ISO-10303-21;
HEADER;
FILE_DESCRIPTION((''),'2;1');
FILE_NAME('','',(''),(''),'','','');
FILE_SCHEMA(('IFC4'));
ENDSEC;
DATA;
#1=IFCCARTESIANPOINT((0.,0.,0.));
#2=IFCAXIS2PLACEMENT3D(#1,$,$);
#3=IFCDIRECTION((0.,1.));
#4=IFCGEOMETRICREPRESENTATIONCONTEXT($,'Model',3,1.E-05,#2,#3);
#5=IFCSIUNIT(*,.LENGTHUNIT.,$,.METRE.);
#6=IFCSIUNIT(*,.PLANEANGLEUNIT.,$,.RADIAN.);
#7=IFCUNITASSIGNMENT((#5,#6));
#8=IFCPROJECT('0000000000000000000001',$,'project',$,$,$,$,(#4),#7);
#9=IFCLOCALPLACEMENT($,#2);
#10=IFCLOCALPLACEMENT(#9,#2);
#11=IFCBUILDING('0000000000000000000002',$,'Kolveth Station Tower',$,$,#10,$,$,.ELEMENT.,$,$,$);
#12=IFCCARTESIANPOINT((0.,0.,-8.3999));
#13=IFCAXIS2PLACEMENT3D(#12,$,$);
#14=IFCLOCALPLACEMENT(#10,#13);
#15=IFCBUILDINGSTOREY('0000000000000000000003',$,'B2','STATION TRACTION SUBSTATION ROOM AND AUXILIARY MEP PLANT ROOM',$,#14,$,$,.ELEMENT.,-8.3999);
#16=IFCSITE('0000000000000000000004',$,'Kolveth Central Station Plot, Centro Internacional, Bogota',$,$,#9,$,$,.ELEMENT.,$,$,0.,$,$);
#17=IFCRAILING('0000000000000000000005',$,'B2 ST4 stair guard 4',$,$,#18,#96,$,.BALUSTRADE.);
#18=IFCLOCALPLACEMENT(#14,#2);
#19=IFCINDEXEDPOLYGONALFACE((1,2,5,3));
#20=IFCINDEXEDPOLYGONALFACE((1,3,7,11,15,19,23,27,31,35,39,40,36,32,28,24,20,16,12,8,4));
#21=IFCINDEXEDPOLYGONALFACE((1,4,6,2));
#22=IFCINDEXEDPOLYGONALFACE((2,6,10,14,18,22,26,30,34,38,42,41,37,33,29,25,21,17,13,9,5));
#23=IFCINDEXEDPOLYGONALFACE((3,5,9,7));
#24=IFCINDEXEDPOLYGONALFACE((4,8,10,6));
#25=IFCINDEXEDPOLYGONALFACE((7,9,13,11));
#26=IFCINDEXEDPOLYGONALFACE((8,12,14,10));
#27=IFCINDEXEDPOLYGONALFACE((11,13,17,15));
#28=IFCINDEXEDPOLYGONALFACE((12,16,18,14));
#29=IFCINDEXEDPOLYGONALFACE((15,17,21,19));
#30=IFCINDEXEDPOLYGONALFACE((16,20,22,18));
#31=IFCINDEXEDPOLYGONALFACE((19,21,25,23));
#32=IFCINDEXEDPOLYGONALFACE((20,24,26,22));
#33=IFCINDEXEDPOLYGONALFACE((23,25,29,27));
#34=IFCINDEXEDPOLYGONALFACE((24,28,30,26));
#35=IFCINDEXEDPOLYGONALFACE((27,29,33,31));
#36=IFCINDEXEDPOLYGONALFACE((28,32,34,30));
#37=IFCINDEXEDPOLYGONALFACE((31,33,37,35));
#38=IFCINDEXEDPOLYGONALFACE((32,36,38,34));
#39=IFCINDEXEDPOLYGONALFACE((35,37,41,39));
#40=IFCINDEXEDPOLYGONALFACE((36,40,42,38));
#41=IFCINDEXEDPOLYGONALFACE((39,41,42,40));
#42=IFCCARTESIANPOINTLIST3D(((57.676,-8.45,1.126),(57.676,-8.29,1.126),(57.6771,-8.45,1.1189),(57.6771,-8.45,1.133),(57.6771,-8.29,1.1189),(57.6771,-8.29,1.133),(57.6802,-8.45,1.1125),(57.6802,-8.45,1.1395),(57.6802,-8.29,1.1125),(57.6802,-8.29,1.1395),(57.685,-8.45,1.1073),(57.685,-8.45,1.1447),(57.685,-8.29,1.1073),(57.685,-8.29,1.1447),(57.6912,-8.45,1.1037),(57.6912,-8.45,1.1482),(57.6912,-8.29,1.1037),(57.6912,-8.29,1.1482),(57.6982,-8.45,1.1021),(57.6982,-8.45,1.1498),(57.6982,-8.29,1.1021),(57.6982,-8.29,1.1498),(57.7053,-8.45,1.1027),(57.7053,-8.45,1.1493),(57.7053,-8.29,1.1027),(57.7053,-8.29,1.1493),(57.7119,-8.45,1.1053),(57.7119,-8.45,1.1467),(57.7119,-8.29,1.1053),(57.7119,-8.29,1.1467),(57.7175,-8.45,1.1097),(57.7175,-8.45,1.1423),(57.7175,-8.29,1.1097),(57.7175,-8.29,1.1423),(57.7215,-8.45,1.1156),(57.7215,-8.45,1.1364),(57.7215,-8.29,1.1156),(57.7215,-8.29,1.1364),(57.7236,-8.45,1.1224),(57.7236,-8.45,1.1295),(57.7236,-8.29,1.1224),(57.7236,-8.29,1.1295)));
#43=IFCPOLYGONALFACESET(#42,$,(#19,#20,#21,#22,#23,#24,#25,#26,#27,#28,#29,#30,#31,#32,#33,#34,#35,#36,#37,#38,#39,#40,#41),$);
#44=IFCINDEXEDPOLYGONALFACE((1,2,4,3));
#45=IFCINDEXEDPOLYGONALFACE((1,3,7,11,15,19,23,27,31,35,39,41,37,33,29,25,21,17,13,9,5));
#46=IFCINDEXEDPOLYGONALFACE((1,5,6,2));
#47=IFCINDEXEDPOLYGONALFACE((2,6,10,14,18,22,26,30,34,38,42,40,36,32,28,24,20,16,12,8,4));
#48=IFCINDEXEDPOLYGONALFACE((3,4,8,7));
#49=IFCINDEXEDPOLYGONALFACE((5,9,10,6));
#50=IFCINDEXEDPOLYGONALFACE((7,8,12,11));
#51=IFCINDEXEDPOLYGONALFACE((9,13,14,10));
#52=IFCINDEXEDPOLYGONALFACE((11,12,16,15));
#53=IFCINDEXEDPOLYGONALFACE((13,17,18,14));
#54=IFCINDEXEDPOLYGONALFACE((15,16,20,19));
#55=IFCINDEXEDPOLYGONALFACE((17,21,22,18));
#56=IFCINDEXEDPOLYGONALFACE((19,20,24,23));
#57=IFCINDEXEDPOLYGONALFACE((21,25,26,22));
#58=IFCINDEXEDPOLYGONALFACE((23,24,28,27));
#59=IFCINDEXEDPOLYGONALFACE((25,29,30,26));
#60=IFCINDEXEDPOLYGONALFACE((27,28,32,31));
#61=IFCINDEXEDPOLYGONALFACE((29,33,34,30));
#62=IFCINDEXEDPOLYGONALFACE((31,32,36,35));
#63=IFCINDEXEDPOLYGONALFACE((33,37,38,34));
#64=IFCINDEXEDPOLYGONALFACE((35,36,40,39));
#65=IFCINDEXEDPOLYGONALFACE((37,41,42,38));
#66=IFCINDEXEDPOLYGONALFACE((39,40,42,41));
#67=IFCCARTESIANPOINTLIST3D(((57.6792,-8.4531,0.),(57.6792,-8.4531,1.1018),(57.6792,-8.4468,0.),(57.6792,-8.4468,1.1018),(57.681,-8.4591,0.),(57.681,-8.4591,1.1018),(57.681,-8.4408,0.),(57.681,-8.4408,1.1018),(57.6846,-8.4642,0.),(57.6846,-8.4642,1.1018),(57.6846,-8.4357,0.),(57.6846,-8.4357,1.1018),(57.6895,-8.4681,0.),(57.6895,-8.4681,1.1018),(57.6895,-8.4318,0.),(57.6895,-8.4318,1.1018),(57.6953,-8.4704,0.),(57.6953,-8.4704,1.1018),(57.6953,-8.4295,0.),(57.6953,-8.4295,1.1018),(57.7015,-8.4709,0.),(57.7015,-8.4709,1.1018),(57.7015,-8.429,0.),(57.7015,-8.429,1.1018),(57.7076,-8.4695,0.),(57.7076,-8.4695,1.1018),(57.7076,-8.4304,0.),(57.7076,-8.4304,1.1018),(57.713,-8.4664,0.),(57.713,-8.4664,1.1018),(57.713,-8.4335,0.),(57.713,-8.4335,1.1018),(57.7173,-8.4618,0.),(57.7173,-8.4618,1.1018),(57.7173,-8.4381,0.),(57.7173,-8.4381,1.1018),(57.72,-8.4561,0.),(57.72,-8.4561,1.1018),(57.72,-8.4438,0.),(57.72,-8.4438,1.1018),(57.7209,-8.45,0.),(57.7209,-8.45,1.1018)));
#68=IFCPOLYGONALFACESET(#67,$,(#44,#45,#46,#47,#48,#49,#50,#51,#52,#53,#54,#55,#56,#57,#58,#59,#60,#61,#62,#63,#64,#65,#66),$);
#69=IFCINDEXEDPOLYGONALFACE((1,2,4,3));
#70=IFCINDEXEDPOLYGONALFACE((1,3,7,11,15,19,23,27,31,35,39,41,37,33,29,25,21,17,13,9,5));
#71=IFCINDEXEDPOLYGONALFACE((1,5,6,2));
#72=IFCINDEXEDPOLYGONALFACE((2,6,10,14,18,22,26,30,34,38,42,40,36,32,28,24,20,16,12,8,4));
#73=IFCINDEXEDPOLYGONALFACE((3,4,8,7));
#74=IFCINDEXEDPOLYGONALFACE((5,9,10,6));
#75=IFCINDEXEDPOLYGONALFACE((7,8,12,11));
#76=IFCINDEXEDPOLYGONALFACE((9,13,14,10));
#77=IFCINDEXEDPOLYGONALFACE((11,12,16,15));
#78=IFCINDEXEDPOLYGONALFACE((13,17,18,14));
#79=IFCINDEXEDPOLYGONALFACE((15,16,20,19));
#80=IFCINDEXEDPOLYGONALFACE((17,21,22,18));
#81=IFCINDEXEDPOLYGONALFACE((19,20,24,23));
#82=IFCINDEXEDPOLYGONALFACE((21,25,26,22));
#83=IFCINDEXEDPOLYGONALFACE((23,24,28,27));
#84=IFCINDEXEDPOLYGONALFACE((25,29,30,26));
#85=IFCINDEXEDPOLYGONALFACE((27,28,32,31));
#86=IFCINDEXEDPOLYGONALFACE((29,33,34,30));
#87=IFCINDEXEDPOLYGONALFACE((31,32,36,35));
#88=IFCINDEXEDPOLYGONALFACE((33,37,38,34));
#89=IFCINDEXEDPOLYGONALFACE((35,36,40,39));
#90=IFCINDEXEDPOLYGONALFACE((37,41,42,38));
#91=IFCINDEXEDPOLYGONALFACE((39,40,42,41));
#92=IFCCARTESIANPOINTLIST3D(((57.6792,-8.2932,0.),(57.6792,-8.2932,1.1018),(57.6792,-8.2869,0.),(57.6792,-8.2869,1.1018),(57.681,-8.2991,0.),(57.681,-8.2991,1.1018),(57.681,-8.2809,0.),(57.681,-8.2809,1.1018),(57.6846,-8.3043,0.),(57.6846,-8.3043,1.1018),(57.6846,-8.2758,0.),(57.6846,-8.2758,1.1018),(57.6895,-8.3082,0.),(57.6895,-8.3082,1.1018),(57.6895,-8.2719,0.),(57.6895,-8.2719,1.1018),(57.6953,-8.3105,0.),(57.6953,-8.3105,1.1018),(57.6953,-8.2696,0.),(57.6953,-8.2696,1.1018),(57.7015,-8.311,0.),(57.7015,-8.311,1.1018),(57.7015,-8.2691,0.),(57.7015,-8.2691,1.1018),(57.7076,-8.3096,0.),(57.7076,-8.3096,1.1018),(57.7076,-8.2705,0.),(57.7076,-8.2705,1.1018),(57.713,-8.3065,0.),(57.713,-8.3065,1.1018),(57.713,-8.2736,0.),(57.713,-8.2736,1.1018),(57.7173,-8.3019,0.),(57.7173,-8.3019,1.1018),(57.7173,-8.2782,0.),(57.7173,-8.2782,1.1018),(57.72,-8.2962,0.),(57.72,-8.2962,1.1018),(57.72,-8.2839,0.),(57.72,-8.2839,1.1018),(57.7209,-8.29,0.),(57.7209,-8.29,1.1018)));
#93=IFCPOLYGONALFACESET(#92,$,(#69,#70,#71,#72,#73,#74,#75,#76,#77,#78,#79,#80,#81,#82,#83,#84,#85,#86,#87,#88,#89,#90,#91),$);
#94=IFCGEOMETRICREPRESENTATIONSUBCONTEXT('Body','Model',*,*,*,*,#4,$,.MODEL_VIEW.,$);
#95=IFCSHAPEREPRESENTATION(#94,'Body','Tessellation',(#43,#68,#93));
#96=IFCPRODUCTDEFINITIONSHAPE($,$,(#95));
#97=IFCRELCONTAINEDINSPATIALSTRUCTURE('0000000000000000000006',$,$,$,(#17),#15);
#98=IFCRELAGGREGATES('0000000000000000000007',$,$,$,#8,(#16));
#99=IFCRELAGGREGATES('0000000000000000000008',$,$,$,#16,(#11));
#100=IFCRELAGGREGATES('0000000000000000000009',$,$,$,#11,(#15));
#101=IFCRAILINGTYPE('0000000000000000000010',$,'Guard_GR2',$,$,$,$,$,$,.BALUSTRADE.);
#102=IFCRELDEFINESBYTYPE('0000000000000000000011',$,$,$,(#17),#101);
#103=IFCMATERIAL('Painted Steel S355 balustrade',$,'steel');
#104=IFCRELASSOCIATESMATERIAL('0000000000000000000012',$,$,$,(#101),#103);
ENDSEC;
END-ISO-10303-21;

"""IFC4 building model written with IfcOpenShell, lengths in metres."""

from ifc_helpers import new_model, si_unit, direction, frame, origin, origin_2d, place, context, subcontext, project, spatial, circle, extrude, material, type_object, element, save


model = new_model("IFC4")

# Units and contexts
model_context = context("Model", 3, precision=1e-05, world=origin(), true_north=direction((0.0, 1.0)))
body_context = subcontext(model_context, "Body", "Model", "MODEL_VIEW")
ifc_project = project(units=[si_unit("LENGTHUNIT", "METRE"), si_unit("PLANEANGLEUNIT", "RADIAN")], contexts=[model_context])

# Site, building, storey
site_placement = place(None, origin())
site = spatial("IfcSite", under=ifc_project, at=site_placement, Name="Kolveth Central Station Plot, Centro Internacional, Bogota", CompositionType="ELEMENT", RefElevation=0.0)
building_placement = place(site_placement, origin())
building = spatial("IfcBuilding", under=site, at=building_placement, Name="Kolveth Station Tower", CompositionType="ELEMENT")
storey_placement = place(building_placement, frame((0.0, 0.0, -8.3999)))
storey = spatial("IfcBuildingStorey", under=building, at=storey_placement, Name="B2", Description="STATION TRACTION SUBSTATION ROOM AND AUXILIARY MEP PLANT ROOM", CompositionType="ELEMENT", Elevation=-8.3999)

# Railing
ifc_material_1 = material(Name="Painted Steel S355 balustrade", Category="steel")
railing_type_1 = type_object("IfcRailingType", Name="Guard_GR2", PredefinedType="BALUSTRADE", material=ifc_material_1)
railing_1_placement = place(storey_placement, frame((57.7, -8.45, 0.0)))
element("IfcRailing", 1, at=railing_1_placement, inside=storey, type_object=railing_type_1, Name="B2 ST4 stair guard 4", PredefinedType="BALUSTRADE", context=body_context, shape_type="SweptSolid", body=[
    extrude(circle(Radius=0.0239, at=origin_2d()), frame((0.0, 0.0, 1.126), z_axis=(0.0, 1.0, 0.0), x_axis=(-1.0, 0.0, 0.0)), (0.0, 0.0, 1.0), 0.1599),
    extrude(circle(Radius=0.021, at=origin_2d()), origin(), (0.0, 0.0, 1.0), 1.1018),
    extrude(circle(Radius=0.021, at=origin_2d()), frame((0.0, 0.1599, 0.0)), (0.0, 0.0, 1.0), 1.1018),
])

save(model, "model.ifc")
